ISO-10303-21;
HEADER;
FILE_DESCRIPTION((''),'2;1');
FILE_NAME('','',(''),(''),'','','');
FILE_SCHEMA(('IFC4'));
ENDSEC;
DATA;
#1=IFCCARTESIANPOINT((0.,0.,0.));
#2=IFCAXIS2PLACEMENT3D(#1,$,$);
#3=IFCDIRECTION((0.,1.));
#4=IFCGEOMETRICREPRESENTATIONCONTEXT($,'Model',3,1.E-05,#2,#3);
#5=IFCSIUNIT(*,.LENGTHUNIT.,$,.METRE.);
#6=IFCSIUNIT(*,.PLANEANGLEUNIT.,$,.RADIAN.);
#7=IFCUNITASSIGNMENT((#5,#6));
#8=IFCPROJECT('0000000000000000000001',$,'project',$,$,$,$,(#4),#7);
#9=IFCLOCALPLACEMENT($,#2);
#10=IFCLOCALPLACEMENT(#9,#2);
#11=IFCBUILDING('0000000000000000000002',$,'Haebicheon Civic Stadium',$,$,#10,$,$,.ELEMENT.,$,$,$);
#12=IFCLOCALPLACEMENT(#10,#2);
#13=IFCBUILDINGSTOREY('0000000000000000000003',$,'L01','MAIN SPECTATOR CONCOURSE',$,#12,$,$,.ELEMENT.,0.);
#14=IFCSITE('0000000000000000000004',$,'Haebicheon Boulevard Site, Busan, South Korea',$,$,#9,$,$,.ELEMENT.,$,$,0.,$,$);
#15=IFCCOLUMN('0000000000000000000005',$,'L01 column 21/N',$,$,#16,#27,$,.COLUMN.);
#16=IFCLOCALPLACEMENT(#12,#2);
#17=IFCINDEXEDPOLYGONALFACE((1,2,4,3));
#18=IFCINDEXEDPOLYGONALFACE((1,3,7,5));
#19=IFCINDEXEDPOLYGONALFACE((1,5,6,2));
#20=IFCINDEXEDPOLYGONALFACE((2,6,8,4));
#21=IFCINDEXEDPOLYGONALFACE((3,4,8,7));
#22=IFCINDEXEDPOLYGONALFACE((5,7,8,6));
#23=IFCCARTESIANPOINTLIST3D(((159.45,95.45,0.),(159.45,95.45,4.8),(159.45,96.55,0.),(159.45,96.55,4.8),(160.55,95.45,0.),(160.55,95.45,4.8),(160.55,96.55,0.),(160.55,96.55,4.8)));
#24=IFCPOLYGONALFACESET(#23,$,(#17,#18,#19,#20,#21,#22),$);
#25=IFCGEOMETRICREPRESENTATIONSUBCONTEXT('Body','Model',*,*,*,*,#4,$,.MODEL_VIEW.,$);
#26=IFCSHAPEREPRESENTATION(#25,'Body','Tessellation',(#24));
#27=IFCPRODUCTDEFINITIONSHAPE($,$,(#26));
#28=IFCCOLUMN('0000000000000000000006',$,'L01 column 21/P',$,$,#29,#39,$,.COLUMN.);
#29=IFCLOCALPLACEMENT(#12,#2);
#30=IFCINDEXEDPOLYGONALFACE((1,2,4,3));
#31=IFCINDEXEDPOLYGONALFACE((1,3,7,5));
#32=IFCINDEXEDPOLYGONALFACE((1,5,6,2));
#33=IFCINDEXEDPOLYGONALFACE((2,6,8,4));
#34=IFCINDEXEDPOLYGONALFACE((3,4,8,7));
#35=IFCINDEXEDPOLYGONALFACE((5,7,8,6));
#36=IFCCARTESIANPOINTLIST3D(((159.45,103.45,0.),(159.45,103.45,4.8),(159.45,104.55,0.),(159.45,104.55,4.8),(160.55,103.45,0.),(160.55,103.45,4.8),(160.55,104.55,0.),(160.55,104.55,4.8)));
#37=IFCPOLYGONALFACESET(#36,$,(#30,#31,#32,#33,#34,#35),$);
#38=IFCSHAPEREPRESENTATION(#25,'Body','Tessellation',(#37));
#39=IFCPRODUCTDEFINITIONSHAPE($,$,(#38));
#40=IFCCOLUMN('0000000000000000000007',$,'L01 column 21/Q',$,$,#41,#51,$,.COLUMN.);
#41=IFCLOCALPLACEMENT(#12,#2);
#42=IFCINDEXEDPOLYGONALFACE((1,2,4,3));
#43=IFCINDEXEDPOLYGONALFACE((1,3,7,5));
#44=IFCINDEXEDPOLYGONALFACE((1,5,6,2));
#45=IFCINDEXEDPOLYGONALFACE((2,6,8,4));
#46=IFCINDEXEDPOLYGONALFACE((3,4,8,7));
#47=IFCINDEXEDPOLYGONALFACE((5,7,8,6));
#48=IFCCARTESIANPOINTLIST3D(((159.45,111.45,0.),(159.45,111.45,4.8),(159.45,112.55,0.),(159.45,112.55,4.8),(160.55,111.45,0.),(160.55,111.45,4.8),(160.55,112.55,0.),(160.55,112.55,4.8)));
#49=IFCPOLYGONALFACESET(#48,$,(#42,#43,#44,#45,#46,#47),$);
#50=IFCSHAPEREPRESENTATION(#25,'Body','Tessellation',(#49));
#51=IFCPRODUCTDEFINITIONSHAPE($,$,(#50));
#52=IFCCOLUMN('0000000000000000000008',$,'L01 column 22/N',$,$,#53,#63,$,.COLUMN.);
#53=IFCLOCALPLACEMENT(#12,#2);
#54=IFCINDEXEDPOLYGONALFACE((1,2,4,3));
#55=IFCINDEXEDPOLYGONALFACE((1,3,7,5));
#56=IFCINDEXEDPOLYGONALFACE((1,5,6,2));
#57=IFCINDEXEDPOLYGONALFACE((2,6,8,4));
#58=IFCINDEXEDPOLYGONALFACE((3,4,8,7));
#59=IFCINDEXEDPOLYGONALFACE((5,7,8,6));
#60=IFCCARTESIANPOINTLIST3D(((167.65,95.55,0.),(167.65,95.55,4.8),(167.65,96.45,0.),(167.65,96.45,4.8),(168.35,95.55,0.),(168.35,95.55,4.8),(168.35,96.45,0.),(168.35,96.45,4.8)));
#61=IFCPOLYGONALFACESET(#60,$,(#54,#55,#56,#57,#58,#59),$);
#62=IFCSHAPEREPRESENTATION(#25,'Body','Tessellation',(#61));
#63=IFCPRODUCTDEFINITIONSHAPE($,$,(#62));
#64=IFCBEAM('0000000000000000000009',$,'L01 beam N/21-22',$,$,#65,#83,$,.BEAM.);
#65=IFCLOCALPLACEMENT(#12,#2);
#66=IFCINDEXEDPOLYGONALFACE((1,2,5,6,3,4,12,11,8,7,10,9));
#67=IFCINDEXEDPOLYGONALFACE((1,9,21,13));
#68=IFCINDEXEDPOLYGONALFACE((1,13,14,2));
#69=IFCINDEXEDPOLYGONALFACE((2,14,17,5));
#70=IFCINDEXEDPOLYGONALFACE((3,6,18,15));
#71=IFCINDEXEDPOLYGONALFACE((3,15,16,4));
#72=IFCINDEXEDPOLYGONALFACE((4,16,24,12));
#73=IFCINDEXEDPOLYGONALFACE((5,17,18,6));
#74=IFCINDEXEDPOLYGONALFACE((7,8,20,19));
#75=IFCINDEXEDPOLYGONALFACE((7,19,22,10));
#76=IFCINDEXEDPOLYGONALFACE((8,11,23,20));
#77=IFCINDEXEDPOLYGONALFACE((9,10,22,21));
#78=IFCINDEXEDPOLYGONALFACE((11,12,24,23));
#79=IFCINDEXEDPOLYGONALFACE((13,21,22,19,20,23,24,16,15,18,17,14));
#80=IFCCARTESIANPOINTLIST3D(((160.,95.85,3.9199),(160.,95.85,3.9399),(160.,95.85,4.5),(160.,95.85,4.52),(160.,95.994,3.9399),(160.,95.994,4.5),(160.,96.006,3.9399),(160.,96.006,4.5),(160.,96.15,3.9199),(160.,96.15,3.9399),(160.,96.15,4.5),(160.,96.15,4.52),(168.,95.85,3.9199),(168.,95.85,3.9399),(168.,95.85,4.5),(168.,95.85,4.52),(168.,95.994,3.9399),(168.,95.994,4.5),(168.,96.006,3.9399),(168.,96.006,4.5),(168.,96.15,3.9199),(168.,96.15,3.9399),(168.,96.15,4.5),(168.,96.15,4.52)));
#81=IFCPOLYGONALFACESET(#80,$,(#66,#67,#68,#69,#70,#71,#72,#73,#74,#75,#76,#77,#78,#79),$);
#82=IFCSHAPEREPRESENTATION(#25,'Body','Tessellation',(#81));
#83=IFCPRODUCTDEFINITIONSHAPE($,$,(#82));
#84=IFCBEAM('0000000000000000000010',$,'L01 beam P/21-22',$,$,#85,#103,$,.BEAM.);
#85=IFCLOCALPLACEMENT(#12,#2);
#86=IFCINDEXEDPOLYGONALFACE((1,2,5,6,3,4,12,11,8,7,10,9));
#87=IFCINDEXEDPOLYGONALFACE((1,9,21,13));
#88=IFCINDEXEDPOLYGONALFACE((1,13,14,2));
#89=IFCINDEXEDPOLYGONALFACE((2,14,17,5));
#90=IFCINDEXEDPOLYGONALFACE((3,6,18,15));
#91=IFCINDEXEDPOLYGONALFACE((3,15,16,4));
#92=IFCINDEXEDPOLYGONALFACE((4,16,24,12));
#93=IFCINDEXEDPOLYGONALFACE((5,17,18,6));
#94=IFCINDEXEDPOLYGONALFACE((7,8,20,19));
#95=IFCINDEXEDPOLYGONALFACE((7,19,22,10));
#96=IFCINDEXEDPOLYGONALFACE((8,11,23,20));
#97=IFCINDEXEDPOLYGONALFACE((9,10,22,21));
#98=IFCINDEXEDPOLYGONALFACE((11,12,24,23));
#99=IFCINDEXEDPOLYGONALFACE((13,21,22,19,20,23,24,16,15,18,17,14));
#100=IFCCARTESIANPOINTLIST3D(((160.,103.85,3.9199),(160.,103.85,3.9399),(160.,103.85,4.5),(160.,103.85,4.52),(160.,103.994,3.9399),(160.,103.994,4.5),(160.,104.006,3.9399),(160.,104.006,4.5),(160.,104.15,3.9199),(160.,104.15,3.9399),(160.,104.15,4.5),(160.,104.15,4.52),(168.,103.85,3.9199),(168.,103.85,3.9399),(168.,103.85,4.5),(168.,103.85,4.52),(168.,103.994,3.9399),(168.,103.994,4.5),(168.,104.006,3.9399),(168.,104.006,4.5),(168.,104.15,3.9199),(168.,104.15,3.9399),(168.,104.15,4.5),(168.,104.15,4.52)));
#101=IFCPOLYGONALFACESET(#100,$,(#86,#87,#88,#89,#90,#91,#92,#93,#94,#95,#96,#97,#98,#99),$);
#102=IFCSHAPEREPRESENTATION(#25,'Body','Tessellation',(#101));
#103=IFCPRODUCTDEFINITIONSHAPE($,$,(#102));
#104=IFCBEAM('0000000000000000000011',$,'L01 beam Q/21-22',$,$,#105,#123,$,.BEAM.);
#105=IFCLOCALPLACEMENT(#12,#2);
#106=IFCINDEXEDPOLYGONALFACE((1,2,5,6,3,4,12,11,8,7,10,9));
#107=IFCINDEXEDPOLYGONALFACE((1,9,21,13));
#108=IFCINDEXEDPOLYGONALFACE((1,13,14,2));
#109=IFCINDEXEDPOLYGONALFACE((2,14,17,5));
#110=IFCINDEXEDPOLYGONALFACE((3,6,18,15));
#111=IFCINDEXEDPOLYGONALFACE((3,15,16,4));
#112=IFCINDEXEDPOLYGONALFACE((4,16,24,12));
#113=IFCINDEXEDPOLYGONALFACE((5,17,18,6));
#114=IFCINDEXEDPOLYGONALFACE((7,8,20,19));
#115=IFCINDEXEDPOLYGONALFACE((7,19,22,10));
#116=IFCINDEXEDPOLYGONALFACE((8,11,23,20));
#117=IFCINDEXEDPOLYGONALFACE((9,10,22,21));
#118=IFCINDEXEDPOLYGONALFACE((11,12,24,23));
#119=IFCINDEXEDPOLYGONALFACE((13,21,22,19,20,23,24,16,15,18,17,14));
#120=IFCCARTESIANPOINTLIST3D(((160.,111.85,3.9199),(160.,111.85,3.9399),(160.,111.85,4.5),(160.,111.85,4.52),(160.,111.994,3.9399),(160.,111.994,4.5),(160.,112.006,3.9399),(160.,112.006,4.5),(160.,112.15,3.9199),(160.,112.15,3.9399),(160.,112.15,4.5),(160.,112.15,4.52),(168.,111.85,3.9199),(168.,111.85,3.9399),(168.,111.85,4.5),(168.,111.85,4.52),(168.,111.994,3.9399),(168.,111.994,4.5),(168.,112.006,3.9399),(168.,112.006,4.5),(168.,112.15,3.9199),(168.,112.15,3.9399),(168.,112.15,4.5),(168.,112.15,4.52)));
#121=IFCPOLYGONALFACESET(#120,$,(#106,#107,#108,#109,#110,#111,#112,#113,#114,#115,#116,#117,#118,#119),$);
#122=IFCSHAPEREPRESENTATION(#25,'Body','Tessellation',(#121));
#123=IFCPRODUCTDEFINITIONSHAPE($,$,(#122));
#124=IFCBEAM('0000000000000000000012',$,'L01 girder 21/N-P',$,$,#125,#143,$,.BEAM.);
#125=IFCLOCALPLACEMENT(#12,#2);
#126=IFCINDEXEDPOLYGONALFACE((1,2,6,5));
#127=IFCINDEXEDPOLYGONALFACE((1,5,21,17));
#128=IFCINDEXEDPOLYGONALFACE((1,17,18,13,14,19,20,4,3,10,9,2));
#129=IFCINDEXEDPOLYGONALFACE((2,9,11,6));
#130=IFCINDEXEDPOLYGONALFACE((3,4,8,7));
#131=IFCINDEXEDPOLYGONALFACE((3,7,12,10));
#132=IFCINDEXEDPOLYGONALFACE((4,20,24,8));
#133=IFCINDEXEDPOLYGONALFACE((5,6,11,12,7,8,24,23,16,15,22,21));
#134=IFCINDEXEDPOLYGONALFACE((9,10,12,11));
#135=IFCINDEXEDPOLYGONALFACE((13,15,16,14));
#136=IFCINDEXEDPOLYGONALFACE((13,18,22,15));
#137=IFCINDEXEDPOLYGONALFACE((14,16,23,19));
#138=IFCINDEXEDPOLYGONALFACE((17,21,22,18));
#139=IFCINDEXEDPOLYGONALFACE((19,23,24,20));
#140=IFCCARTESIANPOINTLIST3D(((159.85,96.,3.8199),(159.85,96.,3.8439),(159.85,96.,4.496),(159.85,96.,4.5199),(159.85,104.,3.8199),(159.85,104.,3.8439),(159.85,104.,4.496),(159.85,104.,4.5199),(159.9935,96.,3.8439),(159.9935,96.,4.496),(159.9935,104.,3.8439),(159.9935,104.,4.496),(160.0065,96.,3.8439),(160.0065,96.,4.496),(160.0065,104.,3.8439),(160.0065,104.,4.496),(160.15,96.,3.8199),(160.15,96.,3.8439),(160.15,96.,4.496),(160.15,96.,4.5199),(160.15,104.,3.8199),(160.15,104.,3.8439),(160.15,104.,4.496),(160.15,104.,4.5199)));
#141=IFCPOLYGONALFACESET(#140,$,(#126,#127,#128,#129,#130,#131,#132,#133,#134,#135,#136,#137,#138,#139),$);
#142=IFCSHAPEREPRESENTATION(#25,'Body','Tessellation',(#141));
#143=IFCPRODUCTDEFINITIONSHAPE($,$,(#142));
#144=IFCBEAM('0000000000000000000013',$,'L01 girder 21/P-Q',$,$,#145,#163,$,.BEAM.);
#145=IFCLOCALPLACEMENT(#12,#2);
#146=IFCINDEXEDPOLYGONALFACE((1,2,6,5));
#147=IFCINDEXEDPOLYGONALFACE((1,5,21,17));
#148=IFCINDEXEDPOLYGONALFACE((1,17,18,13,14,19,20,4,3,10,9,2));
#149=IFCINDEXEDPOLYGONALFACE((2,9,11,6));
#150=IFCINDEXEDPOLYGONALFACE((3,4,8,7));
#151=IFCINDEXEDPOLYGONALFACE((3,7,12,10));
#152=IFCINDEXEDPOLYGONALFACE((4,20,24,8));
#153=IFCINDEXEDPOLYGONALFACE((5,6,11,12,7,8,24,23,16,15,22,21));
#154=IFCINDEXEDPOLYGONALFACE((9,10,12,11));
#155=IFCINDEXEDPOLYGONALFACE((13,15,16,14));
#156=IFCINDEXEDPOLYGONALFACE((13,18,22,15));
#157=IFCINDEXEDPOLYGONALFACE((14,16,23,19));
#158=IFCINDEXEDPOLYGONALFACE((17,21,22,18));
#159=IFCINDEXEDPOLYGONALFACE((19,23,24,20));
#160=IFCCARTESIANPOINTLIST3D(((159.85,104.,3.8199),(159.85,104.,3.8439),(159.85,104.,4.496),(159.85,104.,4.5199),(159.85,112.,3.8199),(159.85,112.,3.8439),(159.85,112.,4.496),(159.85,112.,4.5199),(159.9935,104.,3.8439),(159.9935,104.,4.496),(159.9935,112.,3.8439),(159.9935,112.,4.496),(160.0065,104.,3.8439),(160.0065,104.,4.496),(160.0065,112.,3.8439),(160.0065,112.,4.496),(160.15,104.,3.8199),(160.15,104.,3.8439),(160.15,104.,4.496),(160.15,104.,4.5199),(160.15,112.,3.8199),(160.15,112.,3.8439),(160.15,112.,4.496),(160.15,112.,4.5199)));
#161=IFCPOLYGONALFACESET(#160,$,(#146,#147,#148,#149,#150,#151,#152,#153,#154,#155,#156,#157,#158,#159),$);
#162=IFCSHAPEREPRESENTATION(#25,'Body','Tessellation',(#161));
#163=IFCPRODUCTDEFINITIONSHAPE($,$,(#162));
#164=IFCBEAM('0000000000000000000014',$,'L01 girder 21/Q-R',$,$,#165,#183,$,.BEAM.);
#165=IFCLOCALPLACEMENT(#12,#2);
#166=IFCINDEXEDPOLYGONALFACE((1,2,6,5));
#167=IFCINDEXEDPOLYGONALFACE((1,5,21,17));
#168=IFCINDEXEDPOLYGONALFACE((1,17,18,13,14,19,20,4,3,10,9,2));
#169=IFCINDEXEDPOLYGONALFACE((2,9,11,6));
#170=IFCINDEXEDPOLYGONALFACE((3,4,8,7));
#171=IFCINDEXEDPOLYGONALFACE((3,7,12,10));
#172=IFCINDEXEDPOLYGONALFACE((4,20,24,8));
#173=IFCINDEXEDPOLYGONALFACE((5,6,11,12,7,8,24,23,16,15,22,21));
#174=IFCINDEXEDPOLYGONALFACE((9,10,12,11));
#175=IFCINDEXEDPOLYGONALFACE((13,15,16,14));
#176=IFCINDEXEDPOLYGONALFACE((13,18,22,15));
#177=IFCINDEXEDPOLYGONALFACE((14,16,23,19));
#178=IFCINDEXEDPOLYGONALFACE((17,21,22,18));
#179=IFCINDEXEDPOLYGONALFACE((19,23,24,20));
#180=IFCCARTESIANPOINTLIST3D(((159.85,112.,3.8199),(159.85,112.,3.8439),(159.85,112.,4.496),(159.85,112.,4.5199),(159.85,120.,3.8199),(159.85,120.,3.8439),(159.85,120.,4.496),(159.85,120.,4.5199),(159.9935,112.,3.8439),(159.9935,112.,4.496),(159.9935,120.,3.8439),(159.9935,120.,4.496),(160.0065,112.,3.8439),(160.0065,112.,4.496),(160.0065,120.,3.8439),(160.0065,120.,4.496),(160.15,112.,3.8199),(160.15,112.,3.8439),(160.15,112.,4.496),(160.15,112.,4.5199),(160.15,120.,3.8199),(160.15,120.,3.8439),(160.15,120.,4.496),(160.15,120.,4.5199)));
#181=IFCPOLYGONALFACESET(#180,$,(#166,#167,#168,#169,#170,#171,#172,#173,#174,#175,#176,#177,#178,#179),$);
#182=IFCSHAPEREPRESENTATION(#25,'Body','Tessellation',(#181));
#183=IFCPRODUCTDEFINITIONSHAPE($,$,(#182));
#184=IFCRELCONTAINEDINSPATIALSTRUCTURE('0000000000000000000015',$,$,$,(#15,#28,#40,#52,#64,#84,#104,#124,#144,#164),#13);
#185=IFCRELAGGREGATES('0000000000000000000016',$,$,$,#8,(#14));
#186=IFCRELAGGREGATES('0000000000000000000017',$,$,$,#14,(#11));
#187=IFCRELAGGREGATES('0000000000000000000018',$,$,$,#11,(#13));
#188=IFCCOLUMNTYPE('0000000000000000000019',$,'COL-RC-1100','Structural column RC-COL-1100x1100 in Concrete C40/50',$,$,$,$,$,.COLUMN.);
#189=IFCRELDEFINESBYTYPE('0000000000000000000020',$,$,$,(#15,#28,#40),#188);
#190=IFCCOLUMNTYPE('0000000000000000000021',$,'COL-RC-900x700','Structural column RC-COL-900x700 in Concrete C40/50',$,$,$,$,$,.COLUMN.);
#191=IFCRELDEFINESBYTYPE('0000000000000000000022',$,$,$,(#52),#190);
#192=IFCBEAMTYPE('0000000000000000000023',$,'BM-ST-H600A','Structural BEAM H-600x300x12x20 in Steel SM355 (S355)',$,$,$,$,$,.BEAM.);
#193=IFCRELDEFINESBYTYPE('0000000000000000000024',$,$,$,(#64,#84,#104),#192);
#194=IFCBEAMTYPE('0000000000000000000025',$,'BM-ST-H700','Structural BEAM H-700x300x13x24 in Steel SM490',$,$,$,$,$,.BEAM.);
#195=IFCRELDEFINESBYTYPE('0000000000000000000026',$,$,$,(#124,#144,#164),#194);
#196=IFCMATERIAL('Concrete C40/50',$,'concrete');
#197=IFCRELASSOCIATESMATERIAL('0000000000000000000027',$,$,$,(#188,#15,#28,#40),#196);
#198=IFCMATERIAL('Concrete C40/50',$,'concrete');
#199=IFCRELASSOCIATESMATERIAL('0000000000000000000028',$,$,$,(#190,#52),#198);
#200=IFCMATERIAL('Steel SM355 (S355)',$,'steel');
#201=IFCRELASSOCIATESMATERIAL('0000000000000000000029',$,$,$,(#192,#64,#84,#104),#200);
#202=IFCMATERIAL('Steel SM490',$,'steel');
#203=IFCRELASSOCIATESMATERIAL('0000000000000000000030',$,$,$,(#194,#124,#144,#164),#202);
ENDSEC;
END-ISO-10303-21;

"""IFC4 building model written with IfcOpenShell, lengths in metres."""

from ifc_helpers import new_model, si_unit, direction, frame, origin, origin_2d, place, context, subcontext, project, spatial, rectangle, i_section, extrude, material, material_profile, profile_set, type_object, element, save


model = new_model("IFC4")

# Units and contexts
model_context = context("Model", 3, precision=1e-05, world=origin(), true_north=direction((0.0, 1.0)))
body_context = subcontext(model_context, "Body", "Model", "MODEL_VIEW")
ifc_project = project(units=[si_unit("LENGTHUNIT", "METRE"), si_unit("PLANEANGLEUNIT", "RADIAN")], contexts=[model_context])

# Site, building, storey
site_placement = place(None, origin())
site = spatial("IfcSite", under=ifc_project, at=site_placement, Name="Haebicheon Boulevard Site, Busan, South Korea", CompositionType="ELEMENT", RefElevation=0.0)
building_placement = place(site_placement, origin())
building = spatial("IfcBuilding", under=site, at=building_placement, Name="Haebicheon Civic Stadium", CompositionType="ELEMENT")
storey_placement = place(building_placement, origin())
storey = spatial("IfcBuildingStorey", under=building, at=storey_placement, Name="L01", Description="MAIN SPECTATOR CONCOURSE", CompositionType="ELEMENT", Elevation=0.0)

# Columns
ifc_material_1 = material(Name="Concrete C40/50", Category="concrete")
ifc_material_profile_1 = material_profile(ifc_material_1, rectangle(XDim=1.1001, YDim=1.1001, at=origin_2d()), Name="RC-COL-1100x1100")
ifc_profile_set_1 = profile_set([ifc_material_profile_1], Name="Concrete C40/50")
column_type_1 = type_object("IfcColumnType", Name="COL-RC-1100", Description="Structural column RC-COL-1100x1100 in Concrete C40/50", PredefinedType="COLUMN", material=ifc_profile_set_1)
for number, where, z_axis, x_axis, name in (
    (1, (160.0, 96.0, 0.0), (0.0, 0.0, 1.0), (1.0, 0.0, 0.0), "L01 column 21/N"),
    (2, (160.0, 104.0, 0.0), (0.0, 0.0, 1.0), (1.0, 0.0, 0.0), "L01 column 21/P"),
    (3, (160.0, 112.0, 0.0), (0.0, 0.0, 1.0), (1.0, 0.0, 0.0), "L01 column 21/Q"),
):
    element("IfcColumn", number, at=place(storey_placement, frame(where, z_axis=z_axis, x_axis=x_axis)), inside=storey, type_object=column_type_1, material=ifc_profile_set_1, Name=name, PredefinedType="COLUMN", context=body_context, shape_type="SweptSolid", body=[
        extrude(rectangle(XDim=1.1001, YDim=1.1001, at=origin_2d()), origin(), (0.0, 0.0, 1.0), 4.8),
    ])
ifc_material_2 = material(Name="Concrete C40/50", Category="concrete")
ifc_material_profile_2 = material_profile(ifc_material_2, rectangle(XDim=0.7, YDim=0.8999, at=origin_2d()), Name="RC-COL-900x700")
ifc_profile_set_2 = profile_set([ifc_material_profile_2], Name="Concrete C40/50")
column_type_2 = type_object("IfcColumnType", Name="COL-RC-900x700", Description="Structural column RC-COL-900x700 in Concrete C40/50", PredefinedType="COLUMN", material=ifc_profile_set_2)
column_placement = place(storey_placement, frame((168.0, 96.0, 0.0), z_axis=(0.0, 0.0, 1.0), x_axis=(1.0, 0.0, 0.0)))
element("IfcColumn", 4, at=column_placement, inside=storey, type_object=column_type_2, material=ifc_profile_set_2, Name="L01 column 22/N", PredefinedType="COLUMN", context=body_context, shape_type="SweptSolid", body=[
    extrude(rectangle(XDim=0.7, YDim=0.8999, at=origin_2d()), origin(), (0.0, 0.0, 1.0), 4.8),
])

# Beams
ifc_material_3 = material(Name="Steel SM355 (S355)", Category="steel")
ifc_material_profile_3 = material_profile(ifc_material_3, i_section(OverallWidth=0.3, OverallDepth=0.6001, WebThickness=0.012, FlangeThickness=0.02, at=origin_2d()), Name="H-600x300x12x20")
ifc_profile_set_3 = profile_set([ifc_material_profile_3], Name="Steel SM355 (S355)")
beam_type_1 = type_object("IfcBeamType", Name="BM-ST-H600A", Description="Structural BEAM H-600x300x12x20 in Steel SM355 (S355)", PredefinedType="BEAM", material=ifc_profile_set_3)
for number, where, z_axis, x_axis, name in (
    (5, (160.0, 96.0, 4.22), (1.0, 0.0, 0.0), (0.0, 1.0, 0.0), "L01 beam N/21-22"),
    (6, (160.0, 104.0, 4.22), (1.0, 0.0, 0.0), (0.0, 1.0, 0.0), "L01 beam P/21-22"),
    (7, (160.0, 112.0, 4.22), (1.0, 0.0, 0.0), (0.0, 1.0, 0.0), "L01 beam Q/21-22"),
):
    element("IfcBeam", number, at=place(storey_placement, frame(where, z_axis=z_axis, x_axis=x_axis)), inside=storey, type_object=beam_type_1, material=ifc_profile_set_3, Name=name, PredefinedType="BEAM", context=body_context, shape_type="SweptSolid", body=[
        extrude(i_section(OverallWidth=0.3, OverallDepth=0.6001, WebThickness=0.012, FlangeThickness=0.02, at=origin_2d()), origin(), (0.0, 0.0, 1.0), 8.0),
    ])
ifc_material_4 = material(Name="Steel SM490", Category="steel")
ifc_material_profile_4 = material_profile(ifc_material_4, i_section(OverallWidth=0.3, OverallDepth=0.7, WebThickness=0.0129, FlangeThickness=0.0239, at=origin_2d()), Name="H-700x300x13x24")
ifc_profile_set_4 = profile_set([ifc_material_profile_4], Name="Steel SM490")
beam_type_2 = type_object("IfcBeamType", Name="BM-ST-H700", Description="Structural BEAM H-700x300x13x24 in Steel SM490", PredefinedType="BEAM", material=ifc_profile_set_4)
for number, where, z_axis, x_axis, name in (
    (8, (160.0, 96.0, 4.1699), (0.0, 1.0, 0.0), (-1.0, 0.0, 0.0), "L01 girder 21/N-P"),
    (9, (160.0, 104.0, 4.1699), (0.0, 1.0, 0.0), (-1.0, 0.0, 0.0), "L01 girder 21/P-Q"),
    (10, (160.0, 112.0, 4.1699), (0.0, 1.0, 0.0), (-1.0, 0.0, 0.0), "L01 girder 21/Q-R"),
):
    element("IfcBeam", number, at=place(storey_placement, frame(where, z_axis=z_axis, x_axis=x_axis)), inside=storey, type_object=beam_type_2, material=ifc_profile_set_4, Name=name, PredefinedType="BEAM", context=body_context, shape_type="SweptSolid", body=[
        extrude(i_section(OverallWidth=0.3, OverallDepth=0.7, WebThickness=0.0129, FlangeThickness=0.0239, at=origin_2d()), origin(), (0.0, 0.0, 1.0), 8.0),
    ])

save(model, "model.ifc")
